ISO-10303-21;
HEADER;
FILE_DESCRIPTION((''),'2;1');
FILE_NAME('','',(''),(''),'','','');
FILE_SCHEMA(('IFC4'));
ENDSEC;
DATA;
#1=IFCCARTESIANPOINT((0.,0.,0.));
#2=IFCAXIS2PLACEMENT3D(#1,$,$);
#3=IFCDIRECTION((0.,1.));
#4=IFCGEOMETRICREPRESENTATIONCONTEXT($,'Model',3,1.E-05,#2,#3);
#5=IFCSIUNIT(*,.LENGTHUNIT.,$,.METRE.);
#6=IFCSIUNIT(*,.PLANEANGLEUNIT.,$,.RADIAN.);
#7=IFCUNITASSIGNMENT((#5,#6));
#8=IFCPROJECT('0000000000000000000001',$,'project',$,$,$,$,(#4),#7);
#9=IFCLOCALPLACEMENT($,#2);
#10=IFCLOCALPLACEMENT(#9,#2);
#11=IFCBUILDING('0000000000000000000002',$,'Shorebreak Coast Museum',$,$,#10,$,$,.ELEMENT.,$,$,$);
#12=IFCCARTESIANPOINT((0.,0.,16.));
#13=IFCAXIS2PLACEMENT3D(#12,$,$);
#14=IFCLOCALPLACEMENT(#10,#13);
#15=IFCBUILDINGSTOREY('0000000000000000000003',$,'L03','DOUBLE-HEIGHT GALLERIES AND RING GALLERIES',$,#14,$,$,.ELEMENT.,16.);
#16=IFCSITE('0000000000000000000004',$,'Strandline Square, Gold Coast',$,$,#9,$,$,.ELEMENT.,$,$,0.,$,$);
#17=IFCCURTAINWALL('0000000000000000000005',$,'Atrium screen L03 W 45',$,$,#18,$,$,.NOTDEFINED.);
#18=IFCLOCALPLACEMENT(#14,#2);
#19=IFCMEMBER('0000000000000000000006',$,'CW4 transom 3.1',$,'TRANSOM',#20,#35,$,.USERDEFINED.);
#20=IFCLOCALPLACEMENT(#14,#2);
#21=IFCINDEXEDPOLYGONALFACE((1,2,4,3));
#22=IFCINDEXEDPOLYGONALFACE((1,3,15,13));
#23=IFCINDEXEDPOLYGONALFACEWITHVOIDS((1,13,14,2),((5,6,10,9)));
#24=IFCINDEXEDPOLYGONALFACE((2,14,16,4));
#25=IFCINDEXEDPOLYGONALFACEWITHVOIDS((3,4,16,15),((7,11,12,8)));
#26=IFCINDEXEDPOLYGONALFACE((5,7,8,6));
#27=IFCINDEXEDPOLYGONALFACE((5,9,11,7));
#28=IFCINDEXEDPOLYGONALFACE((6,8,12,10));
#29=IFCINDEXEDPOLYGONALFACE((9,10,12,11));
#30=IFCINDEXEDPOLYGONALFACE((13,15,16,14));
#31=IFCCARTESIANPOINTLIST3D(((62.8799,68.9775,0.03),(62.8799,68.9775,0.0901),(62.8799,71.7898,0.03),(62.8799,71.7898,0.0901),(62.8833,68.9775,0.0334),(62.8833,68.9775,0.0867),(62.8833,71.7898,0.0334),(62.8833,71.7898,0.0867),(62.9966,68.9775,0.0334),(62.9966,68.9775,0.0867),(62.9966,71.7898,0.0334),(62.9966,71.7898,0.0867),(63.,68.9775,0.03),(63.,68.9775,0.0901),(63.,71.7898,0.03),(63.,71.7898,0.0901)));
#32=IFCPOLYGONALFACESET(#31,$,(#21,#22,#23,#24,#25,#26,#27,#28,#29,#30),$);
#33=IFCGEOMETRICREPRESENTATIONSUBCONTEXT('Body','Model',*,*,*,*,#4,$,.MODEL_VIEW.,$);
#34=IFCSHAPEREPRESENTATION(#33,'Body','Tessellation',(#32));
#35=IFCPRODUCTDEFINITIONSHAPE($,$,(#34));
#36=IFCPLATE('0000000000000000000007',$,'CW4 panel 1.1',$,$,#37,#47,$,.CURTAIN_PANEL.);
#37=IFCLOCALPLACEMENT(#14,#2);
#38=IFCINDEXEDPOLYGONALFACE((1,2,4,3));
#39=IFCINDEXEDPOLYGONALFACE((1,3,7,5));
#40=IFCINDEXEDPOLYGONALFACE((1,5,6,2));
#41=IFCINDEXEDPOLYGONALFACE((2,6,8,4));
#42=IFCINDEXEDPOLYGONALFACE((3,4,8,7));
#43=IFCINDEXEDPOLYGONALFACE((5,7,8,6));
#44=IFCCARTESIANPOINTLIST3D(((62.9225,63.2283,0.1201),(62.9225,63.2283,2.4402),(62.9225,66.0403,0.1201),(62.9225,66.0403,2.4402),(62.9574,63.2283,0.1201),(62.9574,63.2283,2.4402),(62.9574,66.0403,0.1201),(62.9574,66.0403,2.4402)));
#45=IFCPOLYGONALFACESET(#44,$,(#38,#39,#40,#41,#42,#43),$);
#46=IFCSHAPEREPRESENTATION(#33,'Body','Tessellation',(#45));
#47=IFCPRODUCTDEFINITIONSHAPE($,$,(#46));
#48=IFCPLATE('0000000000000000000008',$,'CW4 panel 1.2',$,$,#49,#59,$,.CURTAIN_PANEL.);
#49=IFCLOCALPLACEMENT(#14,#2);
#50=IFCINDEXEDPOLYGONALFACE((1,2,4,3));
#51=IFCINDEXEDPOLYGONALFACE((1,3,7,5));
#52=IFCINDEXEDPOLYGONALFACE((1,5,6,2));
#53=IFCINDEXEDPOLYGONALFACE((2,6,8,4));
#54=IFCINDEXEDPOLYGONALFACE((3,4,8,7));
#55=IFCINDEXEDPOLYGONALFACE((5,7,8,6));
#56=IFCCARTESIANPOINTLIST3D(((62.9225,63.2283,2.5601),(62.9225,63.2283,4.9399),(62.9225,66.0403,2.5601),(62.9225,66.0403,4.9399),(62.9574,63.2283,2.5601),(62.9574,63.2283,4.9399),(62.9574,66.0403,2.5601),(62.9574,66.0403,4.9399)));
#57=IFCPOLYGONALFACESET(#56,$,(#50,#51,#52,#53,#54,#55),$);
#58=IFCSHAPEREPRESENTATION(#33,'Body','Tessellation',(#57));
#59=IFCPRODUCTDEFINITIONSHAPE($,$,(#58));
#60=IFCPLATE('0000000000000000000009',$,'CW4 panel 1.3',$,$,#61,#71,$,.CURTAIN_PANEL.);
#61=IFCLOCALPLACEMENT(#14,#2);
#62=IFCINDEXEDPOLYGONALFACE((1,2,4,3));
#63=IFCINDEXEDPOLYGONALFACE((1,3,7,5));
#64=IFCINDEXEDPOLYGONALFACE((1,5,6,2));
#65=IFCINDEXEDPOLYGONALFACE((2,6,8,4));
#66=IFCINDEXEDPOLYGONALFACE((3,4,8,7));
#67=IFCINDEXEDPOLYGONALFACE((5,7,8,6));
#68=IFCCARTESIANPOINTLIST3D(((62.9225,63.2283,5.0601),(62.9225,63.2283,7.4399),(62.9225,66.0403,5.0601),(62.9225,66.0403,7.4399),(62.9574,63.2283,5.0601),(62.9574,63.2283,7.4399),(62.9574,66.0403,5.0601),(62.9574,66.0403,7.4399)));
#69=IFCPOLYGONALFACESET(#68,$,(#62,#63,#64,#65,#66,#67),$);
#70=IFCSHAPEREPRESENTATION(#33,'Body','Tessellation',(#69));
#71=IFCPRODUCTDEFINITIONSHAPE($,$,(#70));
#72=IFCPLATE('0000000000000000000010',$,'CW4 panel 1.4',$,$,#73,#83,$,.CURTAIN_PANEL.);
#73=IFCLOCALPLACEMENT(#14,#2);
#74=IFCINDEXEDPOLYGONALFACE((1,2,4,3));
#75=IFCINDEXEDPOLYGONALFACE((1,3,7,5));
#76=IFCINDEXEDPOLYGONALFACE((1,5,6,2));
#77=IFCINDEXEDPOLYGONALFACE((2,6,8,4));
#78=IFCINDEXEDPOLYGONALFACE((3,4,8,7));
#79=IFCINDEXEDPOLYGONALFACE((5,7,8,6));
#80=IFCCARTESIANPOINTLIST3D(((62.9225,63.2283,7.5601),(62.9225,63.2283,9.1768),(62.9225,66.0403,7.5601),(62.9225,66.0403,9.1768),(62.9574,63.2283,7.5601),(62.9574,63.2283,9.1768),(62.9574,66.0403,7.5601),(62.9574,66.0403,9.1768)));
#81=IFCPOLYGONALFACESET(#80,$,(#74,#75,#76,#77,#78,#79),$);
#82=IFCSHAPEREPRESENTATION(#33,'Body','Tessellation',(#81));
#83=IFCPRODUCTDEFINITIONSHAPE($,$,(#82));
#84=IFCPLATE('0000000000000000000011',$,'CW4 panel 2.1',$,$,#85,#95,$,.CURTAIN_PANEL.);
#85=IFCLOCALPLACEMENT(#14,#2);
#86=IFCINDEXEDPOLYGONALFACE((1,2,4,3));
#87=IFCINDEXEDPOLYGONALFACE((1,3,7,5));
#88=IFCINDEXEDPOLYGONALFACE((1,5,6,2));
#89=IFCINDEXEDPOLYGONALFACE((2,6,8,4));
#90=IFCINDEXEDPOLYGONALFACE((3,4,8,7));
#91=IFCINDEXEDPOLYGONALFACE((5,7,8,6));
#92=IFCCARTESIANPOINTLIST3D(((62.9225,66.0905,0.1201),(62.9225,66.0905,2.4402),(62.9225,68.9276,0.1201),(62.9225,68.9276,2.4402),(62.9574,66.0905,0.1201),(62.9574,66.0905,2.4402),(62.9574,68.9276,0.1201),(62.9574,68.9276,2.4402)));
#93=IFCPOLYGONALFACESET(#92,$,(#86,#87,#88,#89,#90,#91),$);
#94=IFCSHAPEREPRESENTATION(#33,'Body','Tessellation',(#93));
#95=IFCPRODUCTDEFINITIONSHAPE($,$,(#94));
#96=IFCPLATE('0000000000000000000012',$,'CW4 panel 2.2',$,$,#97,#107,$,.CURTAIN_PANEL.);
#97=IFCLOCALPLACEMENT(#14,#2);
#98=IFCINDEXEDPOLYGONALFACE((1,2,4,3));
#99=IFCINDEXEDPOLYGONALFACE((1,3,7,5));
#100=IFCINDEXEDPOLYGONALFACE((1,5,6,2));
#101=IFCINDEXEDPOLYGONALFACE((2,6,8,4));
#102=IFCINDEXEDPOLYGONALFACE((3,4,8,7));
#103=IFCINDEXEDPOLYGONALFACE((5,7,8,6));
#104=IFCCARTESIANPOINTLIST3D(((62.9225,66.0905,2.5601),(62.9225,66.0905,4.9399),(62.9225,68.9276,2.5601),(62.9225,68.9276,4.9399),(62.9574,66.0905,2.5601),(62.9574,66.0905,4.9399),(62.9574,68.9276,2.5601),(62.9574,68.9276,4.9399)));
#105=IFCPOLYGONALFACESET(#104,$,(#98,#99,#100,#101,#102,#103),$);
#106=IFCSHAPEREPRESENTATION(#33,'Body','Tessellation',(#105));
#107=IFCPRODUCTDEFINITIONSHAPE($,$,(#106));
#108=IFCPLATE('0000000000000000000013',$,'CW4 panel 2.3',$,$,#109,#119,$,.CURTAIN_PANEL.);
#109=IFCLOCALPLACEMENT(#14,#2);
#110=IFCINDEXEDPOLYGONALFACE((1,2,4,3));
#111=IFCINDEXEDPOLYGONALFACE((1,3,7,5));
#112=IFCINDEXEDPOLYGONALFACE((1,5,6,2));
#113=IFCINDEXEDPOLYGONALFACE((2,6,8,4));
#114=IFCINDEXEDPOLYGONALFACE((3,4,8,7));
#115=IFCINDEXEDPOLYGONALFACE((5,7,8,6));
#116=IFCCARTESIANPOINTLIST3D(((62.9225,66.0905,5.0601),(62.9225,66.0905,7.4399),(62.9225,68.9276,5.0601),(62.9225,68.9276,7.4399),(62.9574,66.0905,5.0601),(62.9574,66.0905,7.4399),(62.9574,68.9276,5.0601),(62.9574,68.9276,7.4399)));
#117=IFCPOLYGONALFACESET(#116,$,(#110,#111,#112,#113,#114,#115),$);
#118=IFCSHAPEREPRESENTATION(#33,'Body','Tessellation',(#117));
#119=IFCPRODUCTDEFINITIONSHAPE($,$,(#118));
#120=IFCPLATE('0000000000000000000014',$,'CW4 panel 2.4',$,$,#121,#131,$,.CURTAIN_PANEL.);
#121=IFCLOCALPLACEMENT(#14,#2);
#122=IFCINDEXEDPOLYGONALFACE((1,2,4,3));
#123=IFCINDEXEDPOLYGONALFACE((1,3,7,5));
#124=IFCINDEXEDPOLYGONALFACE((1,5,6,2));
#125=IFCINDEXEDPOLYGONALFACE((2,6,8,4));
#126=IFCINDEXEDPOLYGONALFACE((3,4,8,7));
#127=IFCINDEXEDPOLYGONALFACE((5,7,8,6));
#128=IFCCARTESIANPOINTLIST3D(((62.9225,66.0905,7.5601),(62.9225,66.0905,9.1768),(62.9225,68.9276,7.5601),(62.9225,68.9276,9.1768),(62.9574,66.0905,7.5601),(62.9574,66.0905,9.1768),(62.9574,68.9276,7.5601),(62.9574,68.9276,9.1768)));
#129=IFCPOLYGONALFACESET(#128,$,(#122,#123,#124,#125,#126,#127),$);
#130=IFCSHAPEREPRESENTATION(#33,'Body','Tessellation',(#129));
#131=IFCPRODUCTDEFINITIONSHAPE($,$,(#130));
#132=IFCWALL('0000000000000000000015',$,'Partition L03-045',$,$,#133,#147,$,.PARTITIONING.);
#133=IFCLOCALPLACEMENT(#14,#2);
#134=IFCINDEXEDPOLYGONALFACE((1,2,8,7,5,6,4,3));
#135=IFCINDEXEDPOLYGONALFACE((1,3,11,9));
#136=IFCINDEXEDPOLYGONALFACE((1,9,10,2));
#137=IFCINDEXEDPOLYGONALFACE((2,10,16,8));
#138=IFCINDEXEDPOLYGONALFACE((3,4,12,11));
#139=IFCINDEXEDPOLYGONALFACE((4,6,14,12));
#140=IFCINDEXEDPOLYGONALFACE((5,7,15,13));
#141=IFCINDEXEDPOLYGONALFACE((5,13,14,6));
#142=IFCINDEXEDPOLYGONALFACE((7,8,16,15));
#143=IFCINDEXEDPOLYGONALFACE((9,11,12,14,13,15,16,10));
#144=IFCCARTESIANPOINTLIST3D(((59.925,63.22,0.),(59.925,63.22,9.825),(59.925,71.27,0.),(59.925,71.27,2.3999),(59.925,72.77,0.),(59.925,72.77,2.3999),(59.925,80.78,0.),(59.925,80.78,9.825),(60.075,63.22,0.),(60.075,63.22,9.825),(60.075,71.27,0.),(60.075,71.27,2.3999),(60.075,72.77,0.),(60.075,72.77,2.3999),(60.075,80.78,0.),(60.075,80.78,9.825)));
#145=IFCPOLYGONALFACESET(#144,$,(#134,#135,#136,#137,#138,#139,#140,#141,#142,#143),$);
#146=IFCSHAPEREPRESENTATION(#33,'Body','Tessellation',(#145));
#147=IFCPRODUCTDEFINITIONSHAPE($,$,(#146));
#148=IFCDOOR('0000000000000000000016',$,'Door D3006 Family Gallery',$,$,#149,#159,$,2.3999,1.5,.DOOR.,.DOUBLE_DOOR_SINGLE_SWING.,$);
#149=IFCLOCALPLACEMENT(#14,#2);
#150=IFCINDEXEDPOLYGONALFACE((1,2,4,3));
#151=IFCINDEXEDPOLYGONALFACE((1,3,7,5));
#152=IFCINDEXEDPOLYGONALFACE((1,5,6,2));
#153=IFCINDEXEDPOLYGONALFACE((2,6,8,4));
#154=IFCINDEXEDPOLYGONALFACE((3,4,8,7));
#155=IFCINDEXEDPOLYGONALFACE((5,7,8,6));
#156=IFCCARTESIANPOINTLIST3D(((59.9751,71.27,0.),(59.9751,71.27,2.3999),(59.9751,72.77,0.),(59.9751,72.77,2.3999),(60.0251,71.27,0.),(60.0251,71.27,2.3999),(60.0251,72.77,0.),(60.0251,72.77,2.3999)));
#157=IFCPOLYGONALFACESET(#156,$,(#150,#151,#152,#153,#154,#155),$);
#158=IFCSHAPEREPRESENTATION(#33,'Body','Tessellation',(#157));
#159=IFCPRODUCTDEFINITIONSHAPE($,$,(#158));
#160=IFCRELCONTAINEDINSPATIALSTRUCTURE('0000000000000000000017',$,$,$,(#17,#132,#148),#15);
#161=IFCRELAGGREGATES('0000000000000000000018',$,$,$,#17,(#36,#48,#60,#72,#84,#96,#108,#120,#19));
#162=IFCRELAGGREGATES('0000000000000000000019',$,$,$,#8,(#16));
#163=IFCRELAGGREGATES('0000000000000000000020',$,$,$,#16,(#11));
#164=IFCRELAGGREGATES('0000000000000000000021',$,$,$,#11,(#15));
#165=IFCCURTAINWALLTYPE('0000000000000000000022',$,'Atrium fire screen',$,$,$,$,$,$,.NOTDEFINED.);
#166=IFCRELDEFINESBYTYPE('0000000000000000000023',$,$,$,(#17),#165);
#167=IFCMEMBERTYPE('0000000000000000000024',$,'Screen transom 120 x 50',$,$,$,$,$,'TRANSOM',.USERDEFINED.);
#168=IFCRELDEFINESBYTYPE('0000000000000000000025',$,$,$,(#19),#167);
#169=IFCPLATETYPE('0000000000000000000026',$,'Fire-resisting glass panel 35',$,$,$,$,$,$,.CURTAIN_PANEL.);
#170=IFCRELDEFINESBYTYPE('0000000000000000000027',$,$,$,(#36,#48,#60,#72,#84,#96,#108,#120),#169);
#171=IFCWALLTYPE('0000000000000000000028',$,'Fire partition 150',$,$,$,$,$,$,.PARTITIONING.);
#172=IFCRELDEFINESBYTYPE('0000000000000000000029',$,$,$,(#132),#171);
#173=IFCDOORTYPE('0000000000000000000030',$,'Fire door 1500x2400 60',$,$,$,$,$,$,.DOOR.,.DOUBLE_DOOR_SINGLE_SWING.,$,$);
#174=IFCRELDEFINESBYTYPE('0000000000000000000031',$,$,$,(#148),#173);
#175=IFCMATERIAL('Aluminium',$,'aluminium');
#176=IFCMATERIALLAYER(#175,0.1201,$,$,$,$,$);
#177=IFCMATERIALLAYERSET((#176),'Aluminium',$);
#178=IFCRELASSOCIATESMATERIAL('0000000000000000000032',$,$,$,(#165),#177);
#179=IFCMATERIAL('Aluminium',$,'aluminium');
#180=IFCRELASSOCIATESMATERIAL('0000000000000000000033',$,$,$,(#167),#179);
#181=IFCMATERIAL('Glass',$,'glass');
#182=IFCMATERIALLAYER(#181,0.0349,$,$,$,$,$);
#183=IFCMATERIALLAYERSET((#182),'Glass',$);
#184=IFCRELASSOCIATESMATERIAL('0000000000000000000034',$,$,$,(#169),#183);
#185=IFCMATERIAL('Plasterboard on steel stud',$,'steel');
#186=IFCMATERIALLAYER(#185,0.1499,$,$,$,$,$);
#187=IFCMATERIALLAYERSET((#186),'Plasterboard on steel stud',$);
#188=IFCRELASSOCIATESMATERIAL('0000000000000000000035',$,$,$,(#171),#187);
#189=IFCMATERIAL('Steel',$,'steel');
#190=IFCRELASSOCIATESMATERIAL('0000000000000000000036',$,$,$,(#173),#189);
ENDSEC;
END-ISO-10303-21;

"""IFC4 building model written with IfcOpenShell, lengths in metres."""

from ifc_helpers import new_model, si_unit, direction, frame, frame_2d, origin, origin_2d, place, context, subcontext, project, spatial, rectangle, hollow_rectangle, extrude, material, layer, layer_set, material_profile, profile_set, type_object, element, fill, aggregate, save


model = new_model("IFC4")

# Units and contexts
model_context = context("Model", 3, precision=1e-05, world=origin(), true_north=direction((0.0, 1.0)))
body_context = subcontext(model_context, "Body", "Model", "MODEL_VIEW")
ifc_project = project(units=[si_unit("LENGTHUNIT", "METRE"), si_unit("PLANEANGLEUNIT", "RADIAN")], contexts=[model_context])

# Site, building, storey
site_placement = place(None, origin())
site = spatial("IfcSite", under=ifc_project, at=site_placement, Name="Strandline Square, Gold Coast", CompositionType="ELEMENT", RefElevation=0.0)
building_placement = place(site_placement, origin())
building = spatial("IfcBuilding", under=site, at=building_placement, Name="Shorebreak Coast Museum", CompositionType="ELEMENT")
storey_placement = place(building_placement, frame((0.0, 0.0, 16.0)))
storey = spatial("IfcBuildingStorey", under=building, at=storey_placement, Name="L03", Description="DOUBLE-HEIGHT GALLERIES AND RING GALLERIES", CompositionType="ELEMENT", Elevation=16.0)

# Curtain wall, member, plates
ifc_material_1 = material(Name="Aluminium", Category="aluminium")
ifc_layer_1 = layer(ifc_material_1, 0.1201)
ifc_layer_set_1 = layer_set([ifc_layer_1], Name="Aluminium")
curtain_wall_type = type_object("IfcCurtainWallType", Name="Atrium fire screen", PredefinedType="NOTDEFINED", material=ifc_layer_set_1)
curtain_wall_placement = place(storey_placement, origin())
curtain_wall = element("IfcCurtainWall", 1, at=curtain_wall_placement, inside=storey, type_object=curtain_wall_type, Name="Atrium screen L03 W 45", PredefinedType="NOTDEFINED")
ifc_material_2 = material(Name="Aluminium", Category="aluminium")
ifc_material_profile_1 = material_profile(ifc_material_2, hollow_rectangle(XDim=0.1201, YDim=0.0601, WallThickness=0.0034, at=origin_2d()), Name="AL 60x120 RHS")
ifc_profile_set_1 = profile_set([ifc_material_profile_1], Name="Aluminium")
member_type_1 = type_object("IfcMemberType", Name="Screen transom 120 x 50", ElementType="TRANSOM", PredefinedType="USERDEFINED", material=ifc_profile_set_1)
member_1_placement = place(storey_placement, frame((62.9399, 68.9775, 0.0601), z_axis=(0.0, 1.0, 0.0), x_axis=(-1.0, 0.0, 0.0)))
member_1 = element("IfcMember", 2, at=member_1_placement, type_object=member_type_1, Name="CW4 transom 3.1", ObjectType="TRANSOM", PredefinedType="USERDEFINED", context=body_context, shape_type="SweptSolid", body=[
    extrude(hollow_rectangle(XDim=0.1201, YDim=0.0601, WallThickness=0.0034, at=origin_2d()), origin(), (0.0, 0.0, 1.0), 2.8123),
])
ifc_material_3 = material(Name="Glass", Category="glass")
ifc_layer_2 = layer(ifc_material_3, 0.0349)
ifc_layer_set_2 = layer_set([ifc_layer_2], Name="Glass")
plate_type = type_object("IfcPlateType", Name="Fire-resisting glass panel 35", PredefinedType="CURTAIN_PANEL", material=ifc_layer_set_2)
plate_1_placement = place(storey_placement, frame((62.9399, 64.6343, 0.1201), z_axis=(0.0, 0.0, 1.0), x_axis=(0.0, 1.0, 0.0)))
plate_1 = element("IfcPlate", 3, at=plate_1_placement, type_object=plate_type, Name="CW4 panel 1.1", PredefinedType="CURTAIN_PANEL", context=body_context, shape_type="SweptSolid", body=[
    extrude(rectangle(XDim=2.812, YDim=0.0349, at=origin_2d()), origin(), (0.0, 0.0, 1.0), 2.3201),
])
plate_2_placement = place(storey_placement, frame((62.9399, 64.6343, 2.5601), z_axis=(0.0, 0.0, 1.0), x_axis=(0.0, 1.0, 0.0)))
plate_2 = element("IfcPlate", 4, at=plate_2_placement, type_object=plate_type, Name="CW4 panel 1.2", PredefinedType="CURTAIN_PANEL", context=body_context, shape_type="SweptSolid", body=[
    extrude(rectangle(XDim=2.812, YDim=0.0349, at=origin_2d()), origin(), (0.0, 0.0, 1.0), 2.3799),
])
plate_3_placement = place(storey_placement, frame((62.9399, 64.6343, 5.0601), z_axis=(0.0, 0.0, 1.0), x_axis=(0.0, 1.0, 0.0)))
plate_3 = element("IfcPlate", 5, at=plate_3_placement, type_object=plate_type, Name="CW4 panel 1.3", PredefinedType="CURTAIN_PANEL", context=body_context, shape_type="SweptSolid", body=[
    extrude(rectangle(XDim=2.812, YDim=0.0349, at=origin_2d()), origin(), (0.0, 0.0, 1.0), 2.3799),
])
plate_4_placement = place(storey_placement, frame((62.9399, 64.6343, 7.5601), z_axis=(0.0, 0.0, 1.0), x_axis=(0.0, 1.0, 0.0)))
plate_4 = element("IfcPlate", 6, at=plate_4_placement, type_object=plate_type, Name="CW4 panel 1.4", PredefinedType="CURTAIN_PANEL", context=body_context, shape_type="SweptSolid", body=[
    extrude(rectangle(XDim=2.812, YDim=0.0349, at=origin_2d()), origin(), (0.0, 0.0, 1.0), 1.6167),
])
plate_5_placement = place(storey_placement, frame((62.9399, 67.509, 0.1201), z_axis=(0.0, 0.0, 1.0), x_axis=(0.0, 1.0, 0.0)))
plate_5 = element("IfcPlate", 7, at=plate_5_placement, type_object=plate_type, Name="CW4 panel 2.1", PredefinedType="CURTAIN_PANEL", context=body_context, shape_type="SweptSolid", body=[
    extrude(rectangle(XDim=2.8372, YDim=0.0349, at=origin_2d()), origin(), (0.0, 0.0, 1.0), 2.3201),
])
plate_6_placement = place(storey_placement, frame((62.9399, 67.509, 2.5601), z_axis=(0.0, 0.0, 1.0), x_axis=(0.0, 1.0, 0.0)))
plate_6 = element("IfcPlate", 8, at=plate_6_placement, type_object=plate_type, Name="CW4 panel 2.2", PredefinedType="CURTAIN_PANEL", context=body_context, shape_type="SweptSolid", body=[
    extrude(rectangle(XDim=2.8372, YDim=0.0349, at=origin_2d()), origin(), (0.0, 0.0, 1.0), 2.3799),
])
plate_7_placement = place(storey_placement, frame((62.9399, 67.509, 5.0601), z_axis=(0.0, 0.0, 1.0), x_axis=(0.0, 1.0, 0.0)))
plate_7 = element("IfcPlate", 9, at=plate_7_placement, type_object=plate_type, Name="CW4 panel 2.3", PredefinedType="CURTAIN_PANEL", context=body_context, shape_type="SweptSolid", body=[
    extrude(rectangle(XDim=2.8372, YDim=0.0349, at=origin_2d()), origin(), (0.0, 0.0, 1.0), 2.3799),
])
plate_8_placement = place(storey_placement, frame((62.9399, 67.509, 7.5601), z_axis=(0.0, 0.0, 1.0), x_axis=(0.0, 1.0, 0.0)))
plate_8 = element("IfcPlate", 10, at=plate_8_placement, type_object=plate_type, Name="CW4 panel 2.4", PredefinedType="CURTAIN_PANEL", context=body_context, shape_type="SweptSolid", body=[
    extrude(rectangle(XDim=2.8372, YDim=0.0349, at=origin_2d()), origin(), (0.0, 0.0, 1.0), 1.6167),
])
aggregate(curtain_wall, [plate_1, plate_2, plate_3, plate_4, plate_5, plate_6, plate_7, plate_8, member_1])

# Wall, opening, door
ifc_material_4 = material(Name="Plasterboard on steel stud", Category="steel")
ifc_layer_3 = layer(ifc_material_4, 0.1499)
ifc_layer_set_3 = layer_set([ifc_layer_3], Name="Plasterboard on steel stud")
wall_type_1 = type_object("IfcWallType", Name="Fire partition 150", PredefinedType="PARTITIONING", material=ifc_layer_set_3)
wall_1_placement = place(storey_placement, frame((60.0, 63.22, 0.0), z_axis=(0.0, 0.0, 1.0), x_axis=(0.0, 1.0, 0.0)))
wall_1 = element("IfcWall", 11, at=wall_1_placement, inside=storey, type_object=wall_type_1, Name="Partition L03-045", PredefinedType="PARTITIONING", context=body_context, shape_type="SweptSolid", body=[
    extrude(rectangle(XDim=17.5601, YDim=0.1499, at=frame_2d((8.78, 0.0))), origin(), (0.0, 0.0, 1.0), 9.825),
])
opening_1_placement = place(wall_1_placement, frame((8.05, 0.0, 0.0)))
opening_1 = element("IfcOpeningElement", 12, at=opening_1_placement, cuts=wall_1, PredefinedType="OPENING", context=body_context, shape_type="SweptSolid", body=[
    extrude(rectangle(XDim=1.5, YDim=2.3999, at=frame_2d((0.75, 1.2))), frame((0.0, 0.085, 0.0), z_axis=(0.0, -1.0, 0.0), x_axis=(1.0, 0.0, 0.0)), (0.0, 0.0, 1.0), 0.1699),
])
ifc_material_5 = material(Name="Steel", Category="steel")
door_type_1 = type_object("IfcDoorType", Name="Fire door 1500x2400 60", OperationType="DOUBLE_DOOR_SINGLE_SWING", PredefinedType="DOOR", material=ifc_material_5)
door_1_placement = place(opening_1_placement, origin())
door_1 = element("IfcDoor", 13, at=door_1_placement, inside=storey, type_object=door_type_1, Name="Door D3006 Family Gallery", OperationType="DOUBLE_DOOR_SINGLE_SWING", OverallHeight=2.3999, OverallWidth=1.5, PredefinedType="DOOR", context=body_context, shape_type="SweptSolid", body=[
    extrude(rectangle(XDim=1.5, YDim=2.3999, at=frame_2d((0.75, 1.2))), frame((0.0, 0.0249, 0.0), z_axis=(0.0, -1.0, 0.0), x_axis=(1.0, 0.0, 0.0)), (0.0, 0.0, 1.0), 0.05),
])
fill(opening_1, door_1)

save(model, "model.ifc")
